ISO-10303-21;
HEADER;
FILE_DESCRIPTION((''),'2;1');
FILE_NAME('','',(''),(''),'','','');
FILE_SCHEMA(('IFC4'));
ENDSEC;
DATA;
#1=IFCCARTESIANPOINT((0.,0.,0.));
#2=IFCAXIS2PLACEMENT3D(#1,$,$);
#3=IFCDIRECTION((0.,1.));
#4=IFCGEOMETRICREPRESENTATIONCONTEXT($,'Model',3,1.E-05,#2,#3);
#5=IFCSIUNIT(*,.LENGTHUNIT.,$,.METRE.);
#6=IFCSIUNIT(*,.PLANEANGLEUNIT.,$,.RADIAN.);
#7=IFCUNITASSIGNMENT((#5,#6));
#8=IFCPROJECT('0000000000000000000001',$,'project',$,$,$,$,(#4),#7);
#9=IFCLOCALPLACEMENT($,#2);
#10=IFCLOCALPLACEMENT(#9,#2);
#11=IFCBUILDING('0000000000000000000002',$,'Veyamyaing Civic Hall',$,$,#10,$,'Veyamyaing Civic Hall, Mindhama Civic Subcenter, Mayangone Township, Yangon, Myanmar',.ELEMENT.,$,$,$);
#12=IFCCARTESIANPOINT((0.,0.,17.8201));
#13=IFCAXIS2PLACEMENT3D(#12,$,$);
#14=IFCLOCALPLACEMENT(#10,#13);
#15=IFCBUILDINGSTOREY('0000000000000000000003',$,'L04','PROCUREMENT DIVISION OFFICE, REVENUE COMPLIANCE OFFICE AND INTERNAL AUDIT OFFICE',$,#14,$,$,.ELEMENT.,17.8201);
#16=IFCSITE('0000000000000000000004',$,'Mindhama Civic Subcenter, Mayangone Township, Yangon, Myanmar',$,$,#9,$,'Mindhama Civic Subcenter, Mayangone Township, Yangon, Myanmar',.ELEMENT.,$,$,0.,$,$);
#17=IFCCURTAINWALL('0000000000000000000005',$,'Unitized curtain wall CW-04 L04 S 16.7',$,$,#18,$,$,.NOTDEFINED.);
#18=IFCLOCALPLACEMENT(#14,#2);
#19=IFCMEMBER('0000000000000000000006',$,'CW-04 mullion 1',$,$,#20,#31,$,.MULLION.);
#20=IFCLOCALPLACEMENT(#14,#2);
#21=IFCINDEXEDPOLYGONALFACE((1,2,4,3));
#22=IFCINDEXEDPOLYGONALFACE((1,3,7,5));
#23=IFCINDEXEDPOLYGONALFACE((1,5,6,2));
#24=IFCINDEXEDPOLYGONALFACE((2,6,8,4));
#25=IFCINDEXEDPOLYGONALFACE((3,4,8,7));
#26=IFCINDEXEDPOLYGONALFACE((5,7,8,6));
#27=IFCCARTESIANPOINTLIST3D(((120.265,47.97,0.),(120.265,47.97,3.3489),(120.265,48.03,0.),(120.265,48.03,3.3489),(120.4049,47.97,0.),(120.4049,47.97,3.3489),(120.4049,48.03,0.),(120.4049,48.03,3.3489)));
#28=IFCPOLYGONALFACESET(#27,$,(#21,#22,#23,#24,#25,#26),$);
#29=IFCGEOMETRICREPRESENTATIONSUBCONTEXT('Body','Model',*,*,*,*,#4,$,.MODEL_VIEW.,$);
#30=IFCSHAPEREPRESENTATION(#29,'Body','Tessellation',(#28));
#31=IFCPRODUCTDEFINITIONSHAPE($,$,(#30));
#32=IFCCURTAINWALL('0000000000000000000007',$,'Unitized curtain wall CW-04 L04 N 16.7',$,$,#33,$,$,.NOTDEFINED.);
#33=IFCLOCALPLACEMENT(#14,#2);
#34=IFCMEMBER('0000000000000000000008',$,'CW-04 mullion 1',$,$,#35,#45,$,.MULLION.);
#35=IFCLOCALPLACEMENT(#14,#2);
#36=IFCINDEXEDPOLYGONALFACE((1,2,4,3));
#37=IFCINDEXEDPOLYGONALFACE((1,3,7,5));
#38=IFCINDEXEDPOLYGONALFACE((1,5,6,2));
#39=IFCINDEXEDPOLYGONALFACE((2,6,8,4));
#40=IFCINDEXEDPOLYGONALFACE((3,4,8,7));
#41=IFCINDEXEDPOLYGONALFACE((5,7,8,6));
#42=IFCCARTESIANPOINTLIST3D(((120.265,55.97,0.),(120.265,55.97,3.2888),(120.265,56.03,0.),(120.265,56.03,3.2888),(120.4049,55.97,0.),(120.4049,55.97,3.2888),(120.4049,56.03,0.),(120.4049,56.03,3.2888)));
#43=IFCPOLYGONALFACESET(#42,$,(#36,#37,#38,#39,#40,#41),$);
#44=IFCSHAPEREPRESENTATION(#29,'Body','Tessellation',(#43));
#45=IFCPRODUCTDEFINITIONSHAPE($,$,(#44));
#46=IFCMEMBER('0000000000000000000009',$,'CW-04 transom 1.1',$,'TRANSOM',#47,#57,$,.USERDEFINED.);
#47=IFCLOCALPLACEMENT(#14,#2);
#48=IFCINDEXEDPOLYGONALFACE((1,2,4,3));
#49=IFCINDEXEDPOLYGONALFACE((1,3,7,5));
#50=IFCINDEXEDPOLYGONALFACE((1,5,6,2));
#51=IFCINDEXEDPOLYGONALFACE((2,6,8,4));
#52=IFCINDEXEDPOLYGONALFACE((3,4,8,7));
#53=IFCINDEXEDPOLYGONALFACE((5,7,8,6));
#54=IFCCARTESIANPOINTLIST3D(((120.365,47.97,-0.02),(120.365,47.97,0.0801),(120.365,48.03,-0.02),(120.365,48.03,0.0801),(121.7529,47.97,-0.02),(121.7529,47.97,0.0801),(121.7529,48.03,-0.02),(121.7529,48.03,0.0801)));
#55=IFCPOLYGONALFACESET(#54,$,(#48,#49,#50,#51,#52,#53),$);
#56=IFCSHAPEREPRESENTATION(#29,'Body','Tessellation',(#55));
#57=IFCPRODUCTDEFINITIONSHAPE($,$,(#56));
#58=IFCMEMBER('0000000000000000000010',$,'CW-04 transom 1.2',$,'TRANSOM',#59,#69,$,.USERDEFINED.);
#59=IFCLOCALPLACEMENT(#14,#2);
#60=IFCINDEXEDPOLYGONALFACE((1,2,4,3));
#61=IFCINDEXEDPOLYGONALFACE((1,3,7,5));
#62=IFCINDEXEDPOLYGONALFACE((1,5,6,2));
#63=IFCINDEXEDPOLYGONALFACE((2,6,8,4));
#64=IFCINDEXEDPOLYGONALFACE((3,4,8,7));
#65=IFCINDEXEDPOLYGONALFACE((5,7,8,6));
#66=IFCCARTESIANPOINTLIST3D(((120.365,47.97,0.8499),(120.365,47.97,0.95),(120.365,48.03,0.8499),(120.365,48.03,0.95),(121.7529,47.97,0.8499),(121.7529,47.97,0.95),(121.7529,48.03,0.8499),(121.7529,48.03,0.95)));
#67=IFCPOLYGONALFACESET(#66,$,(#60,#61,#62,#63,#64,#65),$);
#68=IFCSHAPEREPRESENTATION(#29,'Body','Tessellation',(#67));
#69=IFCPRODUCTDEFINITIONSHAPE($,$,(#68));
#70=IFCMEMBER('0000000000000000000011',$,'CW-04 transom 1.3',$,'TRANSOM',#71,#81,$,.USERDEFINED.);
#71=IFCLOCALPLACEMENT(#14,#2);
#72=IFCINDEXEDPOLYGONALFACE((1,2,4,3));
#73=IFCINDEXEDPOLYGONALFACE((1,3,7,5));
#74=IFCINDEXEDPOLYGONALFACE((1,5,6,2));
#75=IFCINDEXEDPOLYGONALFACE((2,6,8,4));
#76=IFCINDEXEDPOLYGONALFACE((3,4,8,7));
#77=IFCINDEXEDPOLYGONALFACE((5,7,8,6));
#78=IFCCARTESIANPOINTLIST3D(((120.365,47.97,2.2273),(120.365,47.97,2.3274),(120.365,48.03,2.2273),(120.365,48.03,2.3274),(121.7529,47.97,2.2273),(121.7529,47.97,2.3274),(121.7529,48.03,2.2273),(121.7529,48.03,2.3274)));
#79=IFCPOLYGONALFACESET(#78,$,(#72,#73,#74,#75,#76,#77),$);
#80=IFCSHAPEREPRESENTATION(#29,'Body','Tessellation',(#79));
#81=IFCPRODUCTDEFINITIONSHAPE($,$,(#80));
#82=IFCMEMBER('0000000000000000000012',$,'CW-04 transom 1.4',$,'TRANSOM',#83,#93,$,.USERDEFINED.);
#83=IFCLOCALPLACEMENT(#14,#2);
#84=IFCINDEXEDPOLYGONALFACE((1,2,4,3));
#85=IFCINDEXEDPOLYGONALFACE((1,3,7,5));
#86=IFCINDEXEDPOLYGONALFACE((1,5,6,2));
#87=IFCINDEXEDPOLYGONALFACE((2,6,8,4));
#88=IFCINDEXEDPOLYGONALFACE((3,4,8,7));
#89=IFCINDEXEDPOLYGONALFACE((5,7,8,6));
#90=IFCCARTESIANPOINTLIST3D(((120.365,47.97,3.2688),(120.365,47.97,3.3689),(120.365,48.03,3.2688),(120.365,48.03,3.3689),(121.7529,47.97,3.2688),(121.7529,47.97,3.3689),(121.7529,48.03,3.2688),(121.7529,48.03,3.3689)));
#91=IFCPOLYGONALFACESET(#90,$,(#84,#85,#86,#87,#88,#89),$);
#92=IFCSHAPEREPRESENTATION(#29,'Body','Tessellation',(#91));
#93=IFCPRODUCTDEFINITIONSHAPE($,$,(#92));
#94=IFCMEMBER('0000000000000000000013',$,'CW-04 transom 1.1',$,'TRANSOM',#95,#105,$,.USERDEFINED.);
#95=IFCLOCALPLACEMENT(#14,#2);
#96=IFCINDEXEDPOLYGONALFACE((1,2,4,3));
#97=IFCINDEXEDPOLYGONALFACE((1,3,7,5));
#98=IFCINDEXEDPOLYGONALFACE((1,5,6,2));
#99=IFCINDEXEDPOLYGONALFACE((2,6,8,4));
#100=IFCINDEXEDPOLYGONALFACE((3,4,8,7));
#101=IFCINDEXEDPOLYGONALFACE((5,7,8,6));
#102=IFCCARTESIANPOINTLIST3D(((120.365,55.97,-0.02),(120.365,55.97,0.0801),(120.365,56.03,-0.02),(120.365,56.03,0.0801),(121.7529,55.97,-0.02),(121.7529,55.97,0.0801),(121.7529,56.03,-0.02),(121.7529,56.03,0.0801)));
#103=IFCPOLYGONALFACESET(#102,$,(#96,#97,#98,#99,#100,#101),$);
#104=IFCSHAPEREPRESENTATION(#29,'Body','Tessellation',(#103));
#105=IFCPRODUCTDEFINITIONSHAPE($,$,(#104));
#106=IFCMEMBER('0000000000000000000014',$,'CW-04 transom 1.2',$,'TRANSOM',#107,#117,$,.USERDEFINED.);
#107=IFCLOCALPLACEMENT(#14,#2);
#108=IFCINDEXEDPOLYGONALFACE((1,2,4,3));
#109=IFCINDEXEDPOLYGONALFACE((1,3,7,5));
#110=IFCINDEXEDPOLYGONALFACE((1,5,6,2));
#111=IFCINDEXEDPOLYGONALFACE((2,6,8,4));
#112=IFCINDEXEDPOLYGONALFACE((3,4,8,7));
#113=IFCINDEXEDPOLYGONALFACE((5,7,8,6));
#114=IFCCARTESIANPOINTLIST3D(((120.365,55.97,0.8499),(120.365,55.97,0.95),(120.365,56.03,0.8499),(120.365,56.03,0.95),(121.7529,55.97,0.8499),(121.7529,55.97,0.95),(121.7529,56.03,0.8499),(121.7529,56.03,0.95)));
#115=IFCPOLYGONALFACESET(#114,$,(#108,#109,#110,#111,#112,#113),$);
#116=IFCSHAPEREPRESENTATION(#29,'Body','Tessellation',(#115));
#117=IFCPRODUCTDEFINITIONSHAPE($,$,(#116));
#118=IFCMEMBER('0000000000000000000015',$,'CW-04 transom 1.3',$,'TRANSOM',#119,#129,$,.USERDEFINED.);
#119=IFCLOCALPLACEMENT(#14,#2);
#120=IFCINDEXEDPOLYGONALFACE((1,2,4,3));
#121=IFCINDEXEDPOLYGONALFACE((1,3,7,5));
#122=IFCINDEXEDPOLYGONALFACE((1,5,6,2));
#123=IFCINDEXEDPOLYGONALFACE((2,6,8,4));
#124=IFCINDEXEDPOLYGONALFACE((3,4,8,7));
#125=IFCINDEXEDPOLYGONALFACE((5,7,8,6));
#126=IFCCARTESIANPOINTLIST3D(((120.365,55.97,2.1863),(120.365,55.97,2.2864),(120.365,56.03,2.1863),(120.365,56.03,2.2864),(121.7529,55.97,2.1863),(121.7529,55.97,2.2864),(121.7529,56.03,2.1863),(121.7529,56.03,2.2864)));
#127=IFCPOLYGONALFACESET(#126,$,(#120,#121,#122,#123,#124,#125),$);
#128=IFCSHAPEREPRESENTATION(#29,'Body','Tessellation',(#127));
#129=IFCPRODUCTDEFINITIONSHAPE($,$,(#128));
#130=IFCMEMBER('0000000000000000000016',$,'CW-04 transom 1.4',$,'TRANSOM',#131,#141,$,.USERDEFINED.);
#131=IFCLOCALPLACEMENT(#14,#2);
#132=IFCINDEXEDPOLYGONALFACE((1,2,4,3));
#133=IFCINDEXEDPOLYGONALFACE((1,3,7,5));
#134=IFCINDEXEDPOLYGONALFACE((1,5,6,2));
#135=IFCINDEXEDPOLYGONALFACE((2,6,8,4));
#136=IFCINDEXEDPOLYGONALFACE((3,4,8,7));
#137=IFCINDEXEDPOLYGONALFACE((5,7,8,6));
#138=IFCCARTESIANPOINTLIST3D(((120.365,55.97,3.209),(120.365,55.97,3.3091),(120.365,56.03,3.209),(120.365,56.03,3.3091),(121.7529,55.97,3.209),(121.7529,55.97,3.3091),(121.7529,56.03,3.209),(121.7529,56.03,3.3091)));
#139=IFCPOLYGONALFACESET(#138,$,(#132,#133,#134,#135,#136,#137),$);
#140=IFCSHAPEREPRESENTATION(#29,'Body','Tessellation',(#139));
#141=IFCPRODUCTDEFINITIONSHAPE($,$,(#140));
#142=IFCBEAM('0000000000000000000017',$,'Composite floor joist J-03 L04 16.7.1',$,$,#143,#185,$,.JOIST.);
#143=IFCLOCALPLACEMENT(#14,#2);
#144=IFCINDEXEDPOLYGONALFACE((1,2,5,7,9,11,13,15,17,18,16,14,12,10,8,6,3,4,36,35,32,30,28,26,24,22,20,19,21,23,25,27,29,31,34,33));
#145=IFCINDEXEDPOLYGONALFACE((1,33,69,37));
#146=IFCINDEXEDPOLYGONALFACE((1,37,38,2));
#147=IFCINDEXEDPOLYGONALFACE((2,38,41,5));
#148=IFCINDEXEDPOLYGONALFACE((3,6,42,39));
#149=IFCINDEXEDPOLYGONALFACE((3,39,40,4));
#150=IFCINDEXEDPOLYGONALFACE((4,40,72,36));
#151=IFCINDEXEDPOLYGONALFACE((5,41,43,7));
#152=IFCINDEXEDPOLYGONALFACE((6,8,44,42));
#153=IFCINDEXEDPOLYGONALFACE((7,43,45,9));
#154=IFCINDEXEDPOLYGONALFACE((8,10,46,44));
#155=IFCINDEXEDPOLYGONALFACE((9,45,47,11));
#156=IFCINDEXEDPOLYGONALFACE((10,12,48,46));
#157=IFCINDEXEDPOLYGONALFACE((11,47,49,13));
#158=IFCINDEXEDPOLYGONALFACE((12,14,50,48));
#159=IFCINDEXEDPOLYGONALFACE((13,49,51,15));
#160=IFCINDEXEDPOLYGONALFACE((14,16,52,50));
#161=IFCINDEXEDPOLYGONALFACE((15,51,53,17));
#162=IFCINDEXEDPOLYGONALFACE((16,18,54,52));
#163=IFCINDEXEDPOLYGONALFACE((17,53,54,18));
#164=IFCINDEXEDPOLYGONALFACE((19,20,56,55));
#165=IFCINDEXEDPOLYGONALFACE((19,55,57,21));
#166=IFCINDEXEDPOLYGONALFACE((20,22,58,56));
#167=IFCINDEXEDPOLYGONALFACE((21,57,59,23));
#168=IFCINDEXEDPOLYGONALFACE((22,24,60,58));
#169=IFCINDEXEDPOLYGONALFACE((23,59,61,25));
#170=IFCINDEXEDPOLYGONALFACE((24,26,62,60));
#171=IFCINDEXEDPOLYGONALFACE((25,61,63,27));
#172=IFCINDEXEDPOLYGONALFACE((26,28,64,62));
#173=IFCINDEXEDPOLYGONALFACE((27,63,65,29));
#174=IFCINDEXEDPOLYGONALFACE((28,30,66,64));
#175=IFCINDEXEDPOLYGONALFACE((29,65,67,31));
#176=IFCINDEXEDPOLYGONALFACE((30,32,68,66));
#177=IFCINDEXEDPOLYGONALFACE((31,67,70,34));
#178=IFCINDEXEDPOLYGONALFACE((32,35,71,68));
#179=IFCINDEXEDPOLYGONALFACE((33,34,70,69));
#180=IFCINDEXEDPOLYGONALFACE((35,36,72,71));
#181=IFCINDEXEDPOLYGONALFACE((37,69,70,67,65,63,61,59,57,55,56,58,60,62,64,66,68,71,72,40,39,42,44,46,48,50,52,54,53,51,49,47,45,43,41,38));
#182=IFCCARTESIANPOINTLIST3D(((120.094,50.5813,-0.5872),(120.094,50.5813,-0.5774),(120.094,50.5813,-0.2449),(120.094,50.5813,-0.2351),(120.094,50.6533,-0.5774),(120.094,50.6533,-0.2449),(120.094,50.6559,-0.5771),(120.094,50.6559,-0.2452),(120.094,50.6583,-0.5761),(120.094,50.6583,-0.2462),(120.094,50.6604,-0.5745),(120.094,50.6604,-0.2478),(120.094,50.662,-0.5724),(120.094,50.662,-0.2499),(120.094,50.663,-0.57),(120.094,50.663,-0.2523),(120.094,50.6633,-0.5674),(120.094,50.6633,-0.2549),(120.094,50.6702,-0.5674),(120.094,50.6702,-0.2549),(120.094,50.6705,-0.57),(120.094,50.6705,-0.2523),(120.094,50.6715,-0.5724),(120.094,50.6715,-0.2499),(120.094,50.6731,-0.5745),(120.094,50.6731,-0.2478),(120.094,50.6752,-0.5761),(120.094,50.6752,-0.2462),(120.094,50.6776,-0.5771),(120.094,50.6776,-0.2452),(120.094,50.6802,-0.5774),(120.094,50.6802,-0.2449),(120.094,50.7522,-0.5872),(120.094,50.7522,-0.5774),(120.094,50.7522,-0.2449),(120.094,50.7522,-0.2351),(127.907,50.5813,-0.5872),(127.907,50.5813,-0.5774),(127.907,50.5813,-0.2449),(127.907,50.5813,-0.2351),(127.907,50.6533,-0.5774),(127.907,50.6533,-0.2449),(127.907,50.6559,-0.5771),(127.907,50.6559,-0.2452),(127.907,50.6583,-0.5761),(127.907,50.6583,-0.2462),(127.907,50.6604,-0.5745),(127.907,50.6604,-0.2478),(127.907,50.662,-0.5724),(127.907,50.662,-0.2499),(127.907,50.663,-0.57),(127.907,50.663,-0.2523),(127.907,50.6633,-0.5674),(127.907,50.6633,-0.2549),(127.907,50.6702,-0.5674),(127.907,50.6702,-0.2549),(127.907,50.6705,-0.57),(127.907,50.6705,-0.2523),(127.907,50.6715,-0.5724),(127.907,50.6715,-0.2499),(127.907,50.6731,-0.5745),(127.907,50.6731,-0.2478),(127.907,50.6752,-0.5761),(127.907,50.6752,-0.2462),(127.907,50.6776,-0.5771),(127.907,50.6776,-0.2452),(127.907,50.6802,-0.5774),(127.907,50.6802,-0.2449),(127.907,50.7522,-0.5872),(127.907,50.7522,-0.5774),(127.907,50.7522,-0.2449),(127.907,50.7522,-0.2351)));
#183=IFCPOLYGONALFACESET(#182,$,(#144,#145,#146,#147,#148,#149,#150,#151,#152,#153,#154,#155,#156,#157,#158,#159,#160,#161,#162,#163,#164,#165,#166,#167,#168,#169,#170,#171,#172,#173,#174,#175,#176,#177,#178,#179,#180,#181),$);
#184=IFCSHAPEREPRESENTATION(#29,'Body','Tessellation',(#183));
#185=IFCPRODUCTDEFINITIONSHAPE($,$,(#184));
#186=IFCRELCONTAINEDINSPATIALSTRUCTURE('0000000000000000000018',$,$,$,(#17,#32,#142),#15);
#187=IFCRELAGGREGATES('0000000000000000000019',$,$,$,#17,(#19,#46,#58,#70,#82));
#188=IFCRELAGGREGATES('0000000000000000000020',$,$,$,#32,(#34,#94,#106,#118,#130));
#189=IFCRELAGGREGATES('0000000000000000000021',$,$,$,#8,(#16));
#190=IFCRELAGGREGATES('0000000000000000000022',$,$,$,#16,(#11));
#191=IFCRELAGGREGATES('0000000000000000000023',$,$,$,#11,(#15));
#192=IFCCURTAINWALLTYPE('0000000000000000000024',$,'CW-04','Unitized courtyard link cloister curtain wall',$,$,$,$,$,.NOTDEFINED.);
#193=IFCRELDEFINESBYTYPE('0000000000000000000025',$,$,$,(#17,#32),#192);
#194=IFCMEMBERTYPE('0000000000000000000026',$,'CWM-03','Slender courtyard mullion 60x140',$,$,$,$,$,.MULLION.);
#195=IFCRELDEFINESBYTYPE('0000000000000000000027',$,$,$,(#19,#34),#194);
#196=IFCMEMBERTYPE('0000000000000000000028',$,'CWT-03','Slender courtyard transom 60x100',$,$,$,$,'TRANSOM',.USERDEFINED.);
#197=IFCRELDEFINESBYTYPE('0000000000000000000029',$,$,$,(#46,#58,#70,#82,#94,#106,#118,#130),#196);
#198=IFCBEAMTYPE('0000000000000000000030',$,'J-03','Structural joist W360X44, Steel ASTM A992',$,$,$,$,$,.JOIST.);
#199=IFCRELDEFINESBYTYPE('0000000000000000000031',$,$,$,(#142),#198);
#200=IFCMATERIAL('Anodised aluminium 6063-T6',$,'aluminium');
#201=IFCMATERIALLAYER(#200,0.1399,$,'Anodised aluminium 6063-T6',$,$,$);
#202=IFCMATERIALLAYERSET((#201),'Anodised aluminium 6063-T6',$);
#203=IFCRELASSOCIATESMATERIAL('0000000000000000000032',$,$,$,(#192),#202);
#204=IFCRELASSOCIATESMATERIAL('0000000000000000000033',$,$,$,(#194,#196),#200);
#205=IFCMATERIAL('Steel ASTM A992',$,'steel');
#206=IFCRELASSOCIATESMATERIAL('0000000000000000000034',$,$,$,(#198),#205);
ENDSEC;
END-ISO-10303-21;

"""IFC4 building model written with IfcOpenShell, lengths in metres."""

from ifc_helpers import new_model, si_unit, direction, frame, origin, origin_2d, place, context, subcontext, project, spatial, rectangle, i_section, extrude, material, layer, layer_set, material_profile, profile_set, type_object, element, aggregate, save


model = new_model("IFC4")

# Units and contexts
model_context = context("Model", 3, precision=1e-05, world=origin(), true_north=direction((0.0, 1.0)))
body_context = subcontext(model_context, "Body", "Model", "MODEL_VIEW")
ifc_project = project(units=[si_unit("LENGTHUNIT", "METRE"), si_unit("PLANEANGLEUNIT", "RADIAN")], contexts=[model_context])

# Site, building, storey
site_placement = place(None, origin())
site = spatial("IfcSite", under=ifc_project, at=site_placement, Name="Mindhama Civic Subcenter, Mayangone Township, Yangon, Myanmar", LongName="Mindhama Civic Subcenter, Mayangone Township, Yangon, Myanmar", CompositionType="ELEMENT", RefElevation=0.0)
building_placement = place(site_placement, origin())
building = spatial("IfcBuilding", under=site, at=building_placement, Name="Veyamyaing Civic Hall", LongName="Veyamyaing Civic Hall, Mindhama Civic Subcenter, Mayangone Township, Yangon, Myanmar", CompositionType="ELEMENT")
storey_placement = place(building_placement, frame((0.0, 0.0, 17.8201)))
storey = spatial("IfcBuildingStorey", under=building, at=storey_placement, Name="L04", Description="PROCUREMENT DIVISION OFFICE, REVENUE COMPLIANCE OFFICE AND INTERNAL AUDIT OFFICE", CompositionType="ELEMENT", Elevation=17.8201)

# Shared definitions
ifc_material_1 = material(Name="Steel ASTM A992", Category="steel")

# Curtain walls, members
ifc_material_2 = material(Name="Anodised aluminium 6063-T6", Category="aluminium")
ifc_layer_1 = layer(ifc_material_2, 0.1399, Name="Anodised aluminium 6063-T6")
ifc_layer_set_1 = layer_set([ifc_layer_1], Name="Anodised aluminium 6063-T6")
curtain_wall_type = type_object("IfcCurtainWallType", Name="CW-04", Description="Unitized courtyard link cloister curtain wall", PredefinedType="NOTDEFINED", material=ifc_layer_set_1)
ifc_material_profile_1 = material_profile(ifc_material_2, rectangle(XDim=0.0601, YDim=0.1399, at=origin_2d()), Name="ALU-MUL-60X140")
ifc_profile_set_1 = profile_set([ifc_material_profile_1], Name="Anodised aluminium 6063-T6")
member_type_1 = type_object("IfcMemberType", Name="CWM-03", Description="Slender courtyard mullion 60x140", PredefinedType="MULLION", material=ifc_profile_set_1)
curtain_wall_1_placement = place(storey_placement, origin())
curtain_wall_1 = element("IfcCurtainWall", 1, at=curtain_wall_1_placement, inside=storey, type_object=curtain_wall_type, Name="Unitized curtain wall CW-04 L04 S 16.7", PredefinedType="NOTDEFINED")
member_1_placement = place(storey_placement, frame((120.335, 48.0, 0.0), z_axis=(0.0, 0.0, 1.0), x_axis=(0.0, 1.0, 0.0)))
member_1 = element("IfcMember", 2, at=member_1_placement, type_object=member_type_1, Name="CW-04 mullion 1", PredefinedType="MULLION", context=body_context, shape_type="SweptSolid", body=[
    extrude(rectangle(XDim=0.0601, YDim=0.1399, at=origin_2d()), origin(), (0.0, 0.0, 1.0), 3.3489),
])
curtain_wall_2_placement = place(storey_placement, origin())
curtain_wall_2 = element("IfcCurtainWall", 3, at=curtain_wall_2_placement, inside=storey, type_object=curtain_wall_type, Name="Unitized curtain wall CW-04 L04 N 16.7", PredefinedType="NOTDEFINED")
member_2_placement = place(storey_placement, frame((120.335, 56.0, 0.0), z_axis=(0.0, 0.0, 1.0), x_axis=(0.0, 1.0, 0.0)))
member_2 = element("IfcMember", 4, at=member_2_placement, type_object=member_type_1, Name="CW-04 mullion 1", PredefinedType="MULLION", context=body_context, shape_type="SweptSolid", body=[
    extrude(rectangle(XDim=0.0601, YDim=0.1399, at=origin_2d()), origin(), (0.0, 0.0, 1.0), 3.2888),
])

# Members
ifc_material_profile_2 = material_profile(ifc_material_2, rectangle(XDim=0.0601, YDim=0.1001, at=origin_2d()), Name="ALU-TRN-60X100")
ifc_profile_set_2 = profile_set([ifc_material_profile_2], Name="Anodised aluminium 6063-T6")
member_type_2 = type_object("IfcMemberType", Name="CWT-03", Description="Slender courtyard transom 60x100", ElementType="TRANSOM", PredefinedType="USERDEFINED", material=ifc_profile_set_2)
member_3_placement = place(storey_placement, frame((120.365, 48.0, 0.03), z_axis=(1.0, 0.0, 0.0), x_axis=(0.0, 1.0, 0.0)))
member_3 = element("IfcMember", 5, at=member_3_placement, type_object=member_type_2, Name="CW-04 transom 1.1", ObjectType="TRANSOM", PredefinedType="USERDEFINED", context=body_context, shape_type="SweptSolid", body=[
    extrude(rectangle(XDim=0.0601, YDim=0.1001, at=origin_2d()), origin(), (0.0, 0.0, 1.0), 1.3879),
])
member_4_placement = place(storey_placement, frame((120.365, 48.0, 0.8999), z_axis=(1.0, 0.0, 0.0), x_axis=(0.0, 1.0, 0.0)))
member_4 = element("IfcMember", 6, at=member_4_placement, type_object=member_type_2, Name="CW-04 transom 1.2", ObjectType="TRANSOM", PredefinedType="USERDEFINED", context=body_context, shape_type="SweptSolid", body=[
    extrude(rectangle(XDim=0.0601, YDim=0.1001, at=origin_2d()), origin(), (0.0, 0.0, 1.0), 1.3879),
])
member_5_placement = place(storey_placement, frame((120.365, 48.0, 2.2773), z_axis=(1.0, 0.0, 0.0), x_axis=(0.0, 1.0, 0.0)))
member_5 = element("IfcMember", 7, at=member_5_placement, type_object=member_type_2, Name="CW-04 transom 1.3", ObjectType="TRANSOM", PredefinedType="USERDEFINED", context=body_context, shape_type="SweptSolid", body=[
    extrude(rectangle(XDim=0.0601, YDim=0.1001, at=origin_2d()), origin(), (0.0, 0.0, 1.0), 1.3879),
])
member_6_placement = place(storey_placement, frame((120.365, 48.0, 3.3188), z_axis=(1.0, 0.0, 0.0), x_axis=(0.0, 1.0, 0.0)))
member_6 = element("IfcMember", 8, at=member_6_placement, type_object=member_type_2, Name="CW-04 transom 1.4", ObjectType="TRANSOM", PredefinedType="USERDEFINED", context=body_context, shape_type="SweptSolid", body=[
    extrude(rectangle(XDim=0.0601, YDim=0.1001, at=origin_2d()), origin(), (0.0, 0.0, 1.0), 1.3879),
])
member_7_placement = place(storey_placement, frame((120.365, 56.0, 0.03), z_axis=(1.0, 0.0, 0.0), x_axis=(0.0, 1.0, 0.0)))
member_7 = element("IfcMember", 9, at=member_7_placement, type_object=member_type_2, Name="CW-04 transom 1.1", ObjectType="TRANSOM", PredefinedType="USERDEFINED", context=body_context, shape_type="SweptSolid", body=[
    extrude(rectangle(XDim=0.0601, YDim=0.1001, at=origin_2d()), origin(), (0.0, 0.0, 1.0), 1.3879),
])
member_8_placement = place(storey_placement, frame((120.365, 56.0, 0.8999), z_axis=(1.0, 0.0, 0.0), x_axis=(0.0, 1.0, 0.0)))
member_8 = element("IfcMember", 10, at=member_8_placement, type_object=member_type_2, Name="CW-04 transom 1.2", ObjectType="TRANSOM", PredefinedType="USERDEFINED", context=body_context, shape_type="SweptSolid", body=[
    extrude(rectangle(XDim=0.0601, YDim=0.1001, at=origin_2d()), origin(), (0.0, 0.0, 1.0), 1.3879),
])
member_9_placement = place(storey_placement, frame((120.365, 56.0, 2.2363), z_axis=(1.0, 0.0, 0.0), x_axis=(0.0, 1.0, 0.0)))
member_9 = element("IfcMember", 11, at=member_9_placement, type_object=member_type_2, Name="CW-04 transom 1.3", ObjectType="TRANSOM", PredefinedType="USERDEFINED", context=body_context, shape_type="SweptSolid", body=[
    extrude(rectangle(XDim=0.0601, YDim=0.1001, at=origin_2d()), origin(), (0.0, 0.0, 1.0), 1.3879),
])
member_10_placement = place(storey_placement, frame((120.365, 56.0, 3.259), z_axis=(1.0, 0.0, 0.0), x_axis=(0.0, 1.0, 0.0)))
member_10 = element("IfcMember", 12, at=member_10_placement, type_object=member_type_2, Name="CW-04 transom 1.4", ObjectType="TRANSOM", PredefinedType="USERDEFINED", context=body_context, shape_type="SweptSolid", body=[
    extrude(rectangle(XDim=0.0601, YDim=0.1001, at=origin_2d()), origin(), (0.0, 0.0, 1.0), 1.3879),
])

# Beam
ifc_material_profile_3 = material_profile(ifc_material_1, i_section(OverallWidth=0.1709, OverallDepth=0.3521, WebThickness=0.0068, FlangeThickness=0.0098, FilletRadius=0.01, at=origin_2d()), Name="W360X44")
ifc_profile_set_3 = profile_set([ifc_material_profile_3], Name="Steel ASTM A992")
beam_type_1 = type_object("IfcBeamType", Name="J-03", Description="Structural joist W360X44, Steel ASTM A992", PredefinedType="JOIST", material=ifc_profile_set_3)
for number, where, z_axis, x_axis, name in (
    (13, (120.094, 50.6667, -0.4111), (1.0, 0.0, 0.0), (0.0, 1.0, 0.0), "Composite floor joist J-03 L04 16.7.1"),
):
    element("IfcBeam", number, at=place(storey_placement, frame(where, z_axis=z_axis, x_axis=x_axis)), inside=storey, type_object=beam_type_1, Name=name, PredefinedType="JOIST", context=body_context, shape_type="SweptSolid", body=[
        extrude(i_section(OverallWidth=0.1709, OverallDepth=0.3521, WebThickness=0.0068, FlangeThickness=0.0098, FilletRadius=0.01, at=origin_2d()), origin(), (0.0, 0.0, 1.0), 7.813),
    ])

aggregate(curtain_wall_1, [member_1, member_3, member_4, member_5, member_6])
aggregate(curtain_wall_2, [member_2, member_7, member_8, member_9, member_10])

save(model, "model.ifc")
